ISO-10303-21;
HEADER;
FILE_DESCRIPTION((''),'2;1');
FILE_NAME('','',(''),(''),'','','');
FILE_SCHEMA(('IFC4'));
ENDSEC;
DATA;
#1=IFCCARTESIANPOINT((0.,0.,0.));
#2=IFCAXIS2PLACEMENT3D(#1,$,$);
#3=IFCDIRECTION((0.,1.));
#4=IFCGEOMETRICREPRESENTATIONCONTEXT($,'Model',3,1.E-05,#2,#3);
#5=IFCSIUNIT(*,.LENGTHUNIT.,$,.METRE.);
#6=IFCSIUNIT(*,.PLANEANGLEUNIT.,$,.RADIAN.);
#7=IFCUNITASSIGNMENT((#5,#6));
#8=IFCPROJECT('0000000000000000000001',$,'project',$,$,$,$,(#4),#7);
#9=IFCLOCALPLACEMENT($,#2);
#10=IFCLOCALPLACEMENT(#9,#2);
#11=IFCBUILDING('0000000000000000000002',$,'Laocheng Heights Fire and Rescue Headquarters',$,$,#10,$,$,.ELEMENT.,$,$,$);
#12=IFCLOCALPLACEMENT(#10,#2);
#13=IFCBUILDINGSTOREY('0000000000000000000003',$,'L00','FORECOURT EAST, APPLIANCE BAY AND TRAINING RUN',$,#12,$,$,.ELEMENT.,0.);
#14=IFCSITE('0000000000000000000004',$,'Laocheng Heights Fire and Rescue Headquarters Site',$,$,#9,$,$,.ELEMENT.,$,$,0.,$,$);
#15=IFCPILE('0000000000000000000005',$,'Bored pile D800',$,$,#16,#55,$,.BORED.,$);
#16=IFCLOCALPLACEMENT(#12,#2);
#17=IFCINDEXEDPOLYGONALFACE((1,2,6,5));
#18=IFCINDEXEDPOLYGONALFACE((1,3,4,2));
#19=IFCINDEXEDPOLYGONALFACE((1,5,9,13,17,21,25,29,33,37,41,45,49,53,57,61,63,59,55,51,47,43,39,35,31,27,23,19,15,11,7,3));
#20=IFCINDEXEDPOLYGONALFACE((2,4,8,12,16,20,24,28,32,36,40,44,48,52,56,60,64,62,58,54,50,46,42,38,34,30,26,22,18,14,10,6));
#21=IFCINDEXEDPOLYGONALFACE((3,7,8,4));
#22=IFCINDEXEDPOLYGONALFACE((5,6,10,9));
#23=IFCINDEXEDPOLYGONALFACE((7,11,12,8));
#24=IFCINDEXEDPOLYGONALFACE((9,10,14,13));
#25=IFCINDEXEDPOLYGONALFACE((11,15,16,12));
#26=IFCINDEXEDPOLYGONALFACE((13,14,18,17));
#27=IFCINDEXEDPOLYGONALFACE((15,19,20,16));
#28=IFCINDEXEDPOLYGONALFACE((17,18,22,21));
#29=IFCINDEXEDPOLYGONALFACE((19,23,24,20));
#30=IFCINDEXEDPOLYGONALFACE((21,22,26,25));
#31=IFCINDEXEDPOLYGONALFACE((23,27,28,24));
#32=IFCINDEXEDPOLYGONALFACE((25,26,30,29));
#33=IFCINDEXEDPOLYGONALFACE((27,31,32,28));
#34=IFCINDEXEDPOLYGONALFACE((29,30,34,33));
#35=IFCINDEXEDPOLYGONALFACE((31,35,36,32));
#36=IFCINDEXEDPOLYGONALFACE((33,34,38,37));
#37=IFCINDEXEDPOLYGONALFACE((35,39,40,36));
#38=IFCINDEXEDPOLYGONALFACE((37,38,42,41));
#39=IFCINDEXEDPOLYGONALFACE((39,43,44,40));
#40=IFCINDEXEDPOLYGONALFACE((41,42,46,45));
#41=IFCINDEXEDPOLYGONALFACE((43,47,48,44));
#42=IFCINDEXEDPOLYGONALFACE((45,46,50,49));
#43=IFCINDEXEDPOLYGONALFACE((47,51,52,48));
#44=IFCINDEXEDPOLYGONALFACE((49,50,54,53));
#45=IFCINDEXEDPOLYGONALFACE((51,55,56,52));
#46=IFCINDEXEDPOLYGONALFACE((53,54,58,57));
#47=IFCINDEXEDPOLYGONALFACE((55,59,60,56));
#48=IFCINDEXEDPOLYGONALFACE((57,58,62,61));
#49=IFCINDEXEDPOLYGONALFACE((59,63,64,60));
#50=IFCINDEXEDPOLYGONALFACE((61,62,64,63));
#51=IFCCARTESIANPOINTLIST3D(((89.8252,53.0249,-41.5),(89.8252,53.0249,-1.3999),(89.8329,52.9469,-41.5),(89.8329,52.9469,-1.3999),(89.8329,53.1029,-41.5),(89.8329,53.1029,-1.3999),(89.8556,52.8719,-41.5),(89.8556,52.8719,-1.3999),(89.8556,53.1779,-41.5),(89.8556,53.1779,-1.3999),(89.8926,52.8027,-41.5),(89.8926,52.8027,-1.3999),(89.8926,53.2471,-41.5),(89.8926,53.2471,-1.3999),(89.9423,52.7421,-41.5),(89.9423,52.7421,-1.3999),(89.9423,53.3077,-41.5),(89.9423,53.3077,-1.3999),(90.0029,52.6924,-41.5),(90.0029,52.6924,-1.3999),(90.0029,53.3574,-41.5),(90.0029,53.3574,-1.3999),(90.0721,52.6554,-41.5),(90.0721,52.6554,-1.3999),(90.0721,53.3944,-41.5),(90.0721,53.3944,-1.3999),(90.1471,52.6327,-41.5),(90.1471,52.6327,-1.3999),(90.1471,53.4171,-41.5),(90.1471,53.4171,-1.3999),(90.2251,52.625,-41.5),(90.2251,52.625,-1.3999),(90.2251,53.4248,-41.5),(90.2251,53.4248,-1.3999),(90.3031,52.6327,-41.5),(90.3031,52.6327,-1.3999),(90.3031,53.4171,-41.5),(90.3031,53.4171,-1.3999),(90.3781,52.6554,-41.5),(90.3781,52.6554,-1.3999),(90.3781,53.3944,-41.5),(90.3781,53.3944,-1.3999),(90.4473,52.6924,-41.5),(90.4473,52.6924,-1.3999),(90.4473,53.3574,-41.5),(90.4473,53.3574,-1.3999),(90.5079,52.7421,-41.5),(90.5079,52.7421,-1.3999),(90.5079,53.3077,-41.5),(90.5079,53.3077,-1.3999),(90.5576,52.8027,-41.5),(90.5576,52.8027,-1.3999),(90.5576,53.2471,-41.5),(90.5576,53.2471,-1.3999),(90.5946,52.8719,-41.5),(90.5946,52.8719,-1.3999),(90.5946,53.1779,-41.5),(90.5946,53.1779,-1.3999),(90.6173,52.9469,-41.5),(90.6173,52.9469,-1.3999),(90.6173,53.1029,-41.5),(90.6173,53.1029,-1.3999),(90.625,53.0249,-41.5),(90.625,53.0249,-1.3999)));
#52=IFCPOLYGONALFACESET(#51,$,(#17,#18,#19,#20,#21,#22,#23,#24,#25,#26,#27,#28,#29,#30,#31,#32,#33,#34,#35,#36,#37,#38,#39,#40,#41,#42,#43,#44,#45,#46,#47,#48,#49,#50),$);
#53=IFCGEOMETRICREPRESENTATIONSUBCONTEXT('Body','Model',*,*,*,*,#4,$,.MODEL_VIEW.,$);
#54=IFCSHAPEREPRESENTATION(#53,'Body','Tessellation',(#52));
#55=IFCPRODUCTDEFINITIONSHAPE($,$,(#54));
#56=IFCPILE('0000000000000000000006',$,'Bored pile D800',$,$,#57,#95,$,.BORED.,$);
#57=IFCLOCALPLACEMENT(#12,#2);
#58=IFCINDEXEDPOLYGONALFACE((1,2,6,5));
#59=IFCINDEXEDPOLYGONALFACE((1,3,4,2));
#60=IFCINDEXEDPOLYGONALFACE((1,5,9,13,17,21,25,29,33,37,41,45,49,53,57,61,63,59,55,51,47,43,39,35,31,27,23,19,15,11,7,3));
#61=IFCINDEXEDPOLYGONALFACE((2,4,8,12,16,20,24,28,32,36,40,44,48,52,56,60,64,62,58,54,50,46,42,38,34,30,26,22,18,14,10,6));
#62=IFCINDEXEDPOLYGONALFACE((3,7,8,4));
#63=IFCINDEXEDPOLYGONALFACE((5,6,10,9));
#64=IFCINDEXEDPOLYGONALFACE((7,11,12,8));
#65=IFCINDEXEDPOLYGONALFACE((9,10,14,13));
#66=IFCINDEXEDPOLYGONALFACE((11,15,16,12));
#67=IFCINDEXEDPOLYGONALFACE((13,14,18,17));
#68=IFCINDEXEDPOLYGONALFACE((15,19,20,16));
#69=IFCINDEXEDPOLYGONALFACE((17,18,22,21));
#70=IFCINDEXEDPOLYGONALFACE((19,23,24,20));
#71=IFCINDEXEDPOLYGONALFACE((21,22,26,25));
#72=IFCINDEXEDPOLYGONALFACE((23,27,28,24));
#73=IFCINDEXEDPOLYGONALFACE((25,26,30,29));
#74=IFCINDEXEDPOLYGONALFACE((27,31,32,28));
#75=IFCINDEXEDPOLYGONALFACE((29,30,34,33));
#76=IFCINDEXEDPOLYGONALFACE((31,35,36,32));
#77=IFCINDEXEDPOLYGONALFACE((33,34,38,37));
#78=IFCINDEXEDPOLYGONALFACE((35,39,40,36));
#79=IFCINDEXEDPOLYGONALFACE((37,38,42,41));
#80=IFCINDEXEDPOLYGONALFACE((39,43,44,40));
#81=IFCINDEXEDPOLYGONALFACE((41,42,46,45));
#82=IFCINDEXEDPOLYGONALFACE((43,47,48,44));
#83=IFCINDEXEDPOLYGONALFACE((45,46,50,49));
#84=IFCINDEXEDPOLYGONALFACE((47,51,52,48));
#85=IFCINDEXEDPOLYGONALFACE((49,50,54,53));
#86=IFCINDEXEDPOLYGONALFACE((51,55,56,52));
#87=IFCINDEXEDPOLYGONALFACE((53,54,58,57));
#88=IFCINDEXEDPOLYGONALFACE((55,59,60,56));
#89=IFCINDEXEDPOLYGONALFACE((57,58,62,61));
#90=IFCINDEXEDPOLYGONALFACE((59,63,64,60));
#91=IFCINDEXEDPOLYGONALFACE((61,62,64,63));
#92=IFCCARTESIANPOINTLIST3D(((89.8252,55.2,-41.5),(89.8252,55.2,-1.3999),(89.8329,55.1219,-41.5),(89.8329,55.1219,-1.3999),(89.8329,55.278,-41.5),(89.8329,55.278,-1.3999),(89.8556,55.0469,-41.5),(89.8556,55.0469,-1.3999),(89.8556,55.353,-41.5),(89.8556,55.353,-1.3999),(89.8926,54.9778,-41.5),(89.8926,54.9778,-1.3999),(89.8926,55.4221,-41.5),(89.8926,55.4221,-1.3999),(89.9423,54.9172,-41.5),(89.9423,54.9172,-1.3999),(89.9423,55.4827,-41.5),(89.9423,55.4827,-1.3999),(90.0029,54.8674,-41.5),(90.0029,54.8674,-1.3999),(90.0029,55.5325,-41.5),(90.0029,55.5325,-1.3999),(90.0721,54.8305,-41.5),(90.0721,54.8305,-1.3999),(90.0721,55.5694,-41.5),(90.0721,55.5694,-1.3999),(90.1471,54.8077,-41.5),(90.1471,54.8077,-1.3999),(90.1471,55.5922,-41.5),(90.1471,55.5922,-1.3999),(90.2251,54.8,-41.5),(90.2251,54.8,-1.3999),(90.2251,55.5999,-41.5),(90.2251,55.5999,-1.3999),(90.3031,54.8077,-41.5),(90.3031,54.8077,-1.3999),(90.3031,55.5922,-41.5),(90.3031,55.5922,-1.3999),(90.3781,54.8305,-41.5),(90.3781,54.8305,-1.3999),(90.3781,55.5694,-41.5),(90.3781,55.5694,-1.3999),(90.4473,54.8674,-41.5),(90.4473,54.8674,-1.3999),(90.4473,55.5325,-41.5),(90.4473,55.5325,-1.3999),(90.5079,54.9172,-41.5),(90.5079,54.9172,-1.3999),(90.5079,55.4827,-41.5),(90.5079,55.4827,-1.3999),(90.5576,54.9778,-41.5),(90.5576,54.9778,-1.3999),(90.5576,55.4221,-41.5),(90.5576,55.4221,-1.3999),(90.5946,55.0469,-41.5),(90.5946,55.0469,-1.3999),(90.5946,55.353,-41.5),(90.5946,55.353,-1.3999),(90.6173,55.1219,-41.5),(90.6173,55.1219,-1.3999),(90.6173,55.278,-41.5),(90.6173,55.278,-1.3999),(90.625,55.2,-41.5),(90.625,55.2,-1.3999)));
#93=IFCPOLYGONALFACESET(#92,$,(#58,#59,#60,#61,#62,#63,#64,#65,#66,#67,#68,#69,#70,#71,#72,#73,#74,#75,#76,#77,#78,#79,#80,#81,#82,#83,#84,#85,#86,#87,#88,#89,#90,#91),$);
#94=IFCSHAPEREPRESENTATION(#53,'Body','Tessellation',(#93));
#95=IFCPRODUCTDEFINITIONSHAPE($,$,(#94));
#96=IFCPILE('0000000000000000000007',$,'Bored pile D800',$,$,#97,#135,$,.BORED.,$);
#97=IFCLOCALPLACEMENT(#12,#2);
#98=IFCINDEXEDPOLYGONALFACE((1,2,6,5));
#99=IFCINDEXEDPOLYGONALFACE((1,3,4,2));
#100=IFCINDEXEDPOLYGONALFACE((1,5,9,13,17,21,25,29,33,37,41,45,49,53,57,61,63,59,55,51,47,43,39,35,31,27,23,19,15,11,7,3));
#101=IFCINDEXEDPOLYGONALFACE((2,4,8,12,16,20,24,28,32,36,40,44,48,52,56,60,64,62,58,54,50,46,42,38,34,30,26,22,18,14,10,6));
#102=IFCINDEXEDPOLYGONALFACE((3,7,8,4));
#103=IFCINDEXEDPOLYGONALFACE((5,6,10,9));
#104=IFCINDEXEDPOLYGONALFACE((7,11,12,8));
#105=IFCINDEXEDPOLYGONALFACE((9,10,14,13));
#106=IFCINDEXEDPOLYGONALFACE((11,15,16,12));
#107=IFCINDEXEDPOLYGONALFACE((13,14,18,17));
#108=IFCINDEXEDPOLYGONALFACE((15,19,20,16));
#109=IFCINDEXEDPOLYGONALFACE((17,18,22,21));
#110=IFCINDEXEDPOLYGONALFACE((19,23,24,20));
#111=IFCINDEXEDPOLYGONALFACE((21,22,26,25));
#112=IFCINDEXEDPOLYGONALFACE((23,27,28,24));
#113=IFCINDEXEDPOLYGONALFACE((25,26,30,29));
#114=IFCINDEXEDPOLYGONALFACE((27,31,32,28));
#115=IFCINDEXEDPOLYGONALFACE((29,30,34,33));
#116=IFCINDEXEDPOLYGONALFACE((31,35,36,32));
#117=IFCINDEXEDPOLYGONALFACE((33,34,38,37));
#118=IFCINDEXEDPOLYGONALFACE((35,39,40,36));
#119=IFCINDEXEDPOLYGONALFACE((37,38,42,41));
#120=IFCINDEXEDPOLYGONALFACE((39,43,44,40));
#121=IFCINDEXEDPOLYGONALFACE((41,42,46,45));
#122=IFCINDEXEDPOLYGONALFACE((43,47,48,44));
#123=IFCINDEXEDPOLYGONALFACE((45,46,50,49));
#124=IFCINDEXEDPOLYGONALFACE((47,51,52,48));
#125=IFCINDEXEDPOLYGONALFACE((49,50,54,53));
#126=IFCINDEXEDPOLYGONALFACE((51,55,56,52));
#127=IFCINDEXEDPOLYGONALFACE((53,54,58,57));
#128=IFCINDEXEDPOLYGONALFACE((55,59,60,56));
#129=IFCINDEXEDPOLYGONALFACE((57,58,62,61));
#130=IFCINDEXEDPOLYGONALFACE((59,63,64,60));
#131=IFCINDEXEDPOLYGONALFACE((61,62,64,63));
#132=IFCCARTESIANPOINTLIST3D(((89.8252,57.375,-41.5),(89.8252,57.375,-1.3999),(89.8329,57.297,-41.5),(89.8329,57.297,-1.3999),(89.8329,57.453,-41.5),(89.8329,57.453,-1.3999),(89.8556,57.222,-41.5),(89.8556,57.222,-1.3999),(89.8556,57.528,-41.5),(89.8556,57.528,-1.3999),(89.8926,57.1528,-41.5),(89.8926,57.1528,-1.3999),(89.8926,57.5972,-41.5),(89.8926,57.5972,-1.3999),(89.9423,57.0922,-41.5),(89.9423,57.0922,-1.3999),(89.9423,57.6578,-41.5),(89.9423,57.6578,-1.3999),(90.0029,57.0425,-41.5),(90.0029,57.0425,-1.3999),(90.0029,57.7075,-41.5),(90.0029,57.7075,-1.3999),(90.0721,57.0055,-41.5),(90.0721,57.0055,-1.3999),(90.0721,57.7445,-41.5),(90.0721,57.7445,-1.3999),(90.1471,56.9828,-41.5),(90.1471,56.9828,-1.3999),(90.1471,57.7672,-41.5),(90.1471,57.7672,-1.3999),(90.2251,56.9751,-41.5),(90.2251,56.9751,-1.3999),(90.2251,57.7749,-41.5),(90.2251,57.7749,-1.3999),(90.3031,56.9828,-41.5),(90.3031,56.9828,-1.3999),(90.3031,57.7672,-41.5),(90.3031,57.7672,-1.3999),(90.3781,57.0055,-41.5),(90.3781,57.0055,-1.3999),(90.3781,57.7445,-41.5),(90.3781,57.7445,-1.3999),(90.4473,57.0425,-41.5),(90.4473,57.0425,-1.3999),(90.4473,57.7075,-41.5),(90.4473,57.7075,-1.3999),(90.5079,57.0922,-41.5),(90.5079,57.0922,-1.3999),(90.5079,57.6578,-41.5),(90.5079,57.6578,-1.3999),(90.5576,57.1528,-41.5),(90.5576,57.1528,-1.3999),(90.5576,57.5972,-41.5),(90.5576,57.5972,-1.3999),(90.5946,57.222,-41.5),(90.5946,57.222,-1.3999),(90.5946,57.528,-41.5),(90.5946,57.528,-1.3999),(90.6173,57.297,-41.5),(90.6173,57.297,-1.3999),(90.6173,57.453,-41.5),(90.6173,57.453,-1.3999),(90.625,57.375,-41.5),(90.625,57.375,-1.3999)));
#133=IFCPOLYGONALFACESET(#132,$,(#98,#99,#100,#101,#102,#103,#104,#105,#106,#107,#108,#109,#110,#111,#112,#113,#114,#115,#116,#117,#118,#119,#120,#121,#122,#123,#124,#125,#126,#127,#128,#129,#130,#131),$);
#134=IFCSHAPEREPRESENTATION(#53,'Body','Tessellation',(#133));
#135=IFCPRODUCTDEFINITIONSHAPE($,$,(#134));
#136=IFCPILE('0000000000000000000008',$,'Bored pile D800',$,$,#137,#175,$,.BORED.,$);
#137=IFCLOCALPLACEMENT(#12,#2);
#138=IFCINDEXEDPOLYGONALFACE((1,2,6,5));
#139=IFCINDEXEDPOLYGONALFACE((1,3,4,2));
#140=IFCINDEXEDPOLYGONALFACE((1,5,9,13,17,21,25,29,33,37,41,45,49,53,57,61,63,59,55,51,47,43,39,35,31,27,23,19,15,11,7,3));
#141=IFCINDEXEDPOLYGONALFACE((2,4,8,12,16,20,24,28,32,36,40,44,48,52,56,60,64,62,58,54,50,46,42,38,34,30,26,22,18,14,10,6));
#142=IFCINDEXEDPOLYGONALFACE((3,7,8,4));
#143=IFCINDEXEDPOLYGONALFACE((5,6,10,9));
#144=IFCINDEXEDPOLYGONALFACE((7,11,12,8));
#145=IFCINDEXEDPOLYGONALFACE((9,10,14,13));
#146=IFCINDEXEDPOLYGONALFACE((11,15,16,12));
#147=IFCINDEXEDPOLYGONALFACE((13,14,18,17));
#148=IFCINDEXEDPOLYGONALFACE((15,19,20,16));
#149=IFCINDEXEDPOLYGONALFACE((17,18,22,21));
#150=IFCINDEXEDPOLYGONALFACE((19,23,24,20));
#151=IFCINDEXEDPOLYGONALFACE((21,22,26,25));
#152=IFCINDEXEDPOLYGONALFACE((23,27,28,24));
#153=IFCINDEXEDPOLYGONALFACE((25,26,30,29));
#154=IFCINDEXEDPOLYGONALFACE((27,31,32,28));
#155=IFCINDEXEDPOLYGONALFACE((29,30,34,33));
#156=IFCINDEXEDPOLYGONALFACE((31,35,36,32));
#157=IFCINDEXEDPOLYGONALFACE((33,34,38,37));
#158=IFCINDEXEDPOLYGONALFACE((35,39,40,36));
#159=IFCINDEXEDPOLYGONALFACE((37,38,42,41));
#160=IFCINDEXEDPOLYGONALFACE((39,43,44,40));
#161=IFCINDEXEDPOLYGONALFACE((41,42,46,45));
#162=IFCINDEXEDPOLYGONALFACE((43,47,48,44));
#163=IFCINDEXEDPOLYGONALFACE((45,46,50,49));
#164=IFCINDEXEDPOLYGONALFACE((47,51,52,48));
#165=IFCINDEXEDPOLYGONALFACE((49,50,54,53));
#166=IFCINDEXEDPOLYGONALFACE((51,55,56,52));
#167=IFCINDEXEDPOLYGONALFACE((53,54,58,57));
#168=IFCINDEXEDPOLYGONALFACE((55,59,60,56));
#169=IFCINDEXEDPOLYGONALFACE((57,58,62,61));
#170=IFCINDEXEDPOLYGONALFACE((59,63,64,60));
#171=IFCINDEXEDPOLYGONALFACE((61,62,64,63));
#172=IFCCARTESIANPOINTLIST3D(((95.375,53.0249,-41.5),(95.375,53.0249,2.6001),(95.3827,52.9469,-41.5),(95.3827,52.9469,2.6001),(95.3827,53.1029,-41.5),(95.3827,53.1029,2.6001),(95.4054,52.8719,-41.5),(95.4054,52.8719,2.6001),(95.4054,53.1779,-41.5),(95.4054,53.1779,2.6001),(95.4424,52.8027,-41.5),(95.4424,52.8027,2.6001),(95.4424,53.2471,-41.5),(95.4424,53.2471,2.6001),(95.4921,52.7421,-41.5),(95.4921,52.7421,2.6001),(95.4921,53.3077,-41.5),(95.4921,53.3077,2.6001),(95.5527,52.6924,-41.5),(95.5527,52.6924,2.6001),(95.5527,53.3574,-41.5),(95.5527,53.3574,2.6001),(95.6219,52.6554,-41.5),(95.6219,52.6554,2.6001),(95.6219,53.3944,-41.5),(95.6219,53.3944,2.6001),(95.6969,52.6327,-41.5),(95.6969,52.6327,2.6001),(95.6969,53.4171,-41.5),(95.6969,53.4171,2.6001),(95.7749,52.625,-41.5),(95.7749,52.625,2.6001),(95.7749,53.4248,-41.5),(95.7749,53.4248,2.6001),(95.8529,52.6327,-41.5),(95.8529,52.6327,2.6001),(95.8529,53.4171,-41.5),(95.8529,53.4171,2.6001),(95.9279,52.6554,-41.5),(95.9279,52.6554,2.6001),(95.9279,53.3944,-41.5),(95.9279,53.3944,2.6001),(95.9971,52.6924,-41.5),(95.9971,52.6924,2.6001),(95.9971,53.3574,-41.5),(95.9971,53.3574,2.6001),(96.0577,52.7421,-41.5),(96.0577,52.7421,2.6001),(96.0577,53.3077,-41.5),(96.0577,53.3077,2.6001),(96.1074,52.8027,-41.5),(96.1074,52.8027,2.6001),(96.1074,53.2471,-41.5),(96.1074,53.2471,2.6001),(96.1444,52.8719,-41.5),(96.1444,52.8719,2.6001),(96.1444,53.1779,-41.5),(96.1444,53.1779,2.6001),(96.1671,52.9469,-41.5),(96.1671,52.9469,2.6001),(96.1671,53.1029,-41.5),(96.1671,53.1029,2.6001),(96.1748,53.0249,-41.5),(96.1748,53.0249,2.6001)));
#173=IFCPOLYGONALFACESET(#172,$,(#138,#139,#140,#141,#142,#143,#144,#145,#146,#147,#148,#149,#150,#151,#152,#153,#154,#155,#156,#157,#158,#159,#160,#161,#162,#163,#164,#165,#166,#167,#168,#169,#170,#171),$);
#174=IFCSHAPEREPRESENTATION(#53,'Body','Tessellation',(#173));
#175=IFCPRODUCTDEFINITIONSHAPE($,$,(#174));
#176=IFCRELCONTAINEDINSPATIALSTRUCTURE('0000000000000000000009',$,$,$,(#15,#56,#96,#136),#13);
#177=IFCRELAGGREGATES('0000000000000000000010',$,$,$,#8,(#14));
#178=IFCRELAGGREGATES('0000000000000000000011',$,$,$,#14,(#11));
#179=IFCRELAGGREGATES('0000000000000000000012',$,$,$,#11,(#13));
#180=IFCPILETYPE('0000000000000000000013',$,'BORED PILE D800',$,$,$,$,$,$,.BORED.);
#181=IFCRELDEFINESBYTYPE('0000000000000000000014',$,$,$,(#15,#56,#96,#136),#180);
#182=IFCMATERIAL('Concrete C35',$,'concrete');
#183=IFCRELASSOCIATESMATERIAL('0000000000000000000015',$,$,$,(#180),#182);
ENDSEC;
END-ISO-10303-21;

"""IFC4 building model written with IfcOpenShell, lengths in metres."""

from ifc_helpers import new_model, si_unit, direction, frame, origin, origin_2d, place, context, subcontext, project, spatial, circle, extrude, material, material_profile, profile_set, type_object, element, save


model = new_model("IFC4")

# Units and contexts
model_context = context("Model", 3, precision=1e-05, world=origin(), true_north=direction((0.0, 1.0)))
body_context = subcontext(model_context, "Body", "Model", "MODEL_VIEW")
ifc_project = project(units=[si_unit("LENGTHUNIT", "METRE"), si_unit("PLANEANGLEUNIT", "RADIAN")], contexts=[model_context])

# Site, building, storey
site_placement = place(None, origin())
site = spatial("IfcSite", under=ifc_project, at=site_placement, Name="Laocheng Heights Fire and Rescue Headquarters Site", CompositionType="ELEMENT", RefElevation=0.0)
building_placement = place(site_placement, origin())
building = spatial("IfcBuilding", under=site, at=building_placement, Name="Laocheng Heights Fire and Rescue Headquarters", CompositionType="ELEMENT")
storey_placement = place(building_placement, origin())
storey = spatial("IfcBuildingStorey", under=building, at=storey_placement, Name="L00", Description="FORECOURT EAST, APPLIANCE BAY AND TRAINING RUN", CompositionType="ELEMENT", Elevation=0.0)

# Piles
ifc_material_1 = material(Name="Concrete C35", Category="concrete")
ifc_material_profile_1 = material_profile(ifc_material_1, circle(Radius=0.3999, at=origin_2d()), Name="BORED PILE D800")
ifc_profile_set_1 = profile_set([ifc_material_profile_1], Name="Concrete C35")
pile_type_1 = type_object("IfcPileType", Name="BORED PILE D800", PredefinedType="BORED", material=ifc_profile_set_1)
for number, where, z_axis, x_axis, name in (
    (1, (90.2251, 53.0249, -1.3999), (0.0, 0.0, -1.0), (1.0, 0.0, 0.0), "Bored pile D800"),
    (2, (90.2251, 55.2, -1.3999), (0.0, 0.0, -1.0), (1.0, 0.0, 0.0), "Bored pile D800"),
    (3, (90.2251, 57.375, -1.3999), (0.0, 0.0, -1.0), (1.0, 0.0, 0.0), "Bored pile D800"),
):
    element("IfcPile", number, at=place(storey_placement, frame(where, z_axis=z_axis, x_axis=x_axis)), inside=storey, type_object=pile_type_1, Name=name, PredefinedType="BORED", context=body_context, shape_type="SweptSolid", body=[
        extrude(circle(Radius=0.3999, at=origin_2d()), origin(), (0.0, 0.0, 1.0), 40.1001),
    ])
for number, where, z_axis, x_axis, name in (
    (4, (95.7749, 53.0249, 2.6001), (0.0, 0.0, -1.0), (1.0, 0.0, 0.0), "Bored pile D800"),
):
    element("IfcPile", number, at=place(storey_placement, frame(where, z_axis=z_axis, x_axis=x_axis)), inside=storey, type_object=pile_type_1, Name=name, PredefinedType="BORED", context=body_context, shape_type="SweptSolid", body=[
        extrude(circle(Radius=0.3999, at=origin_2d()), origin(), (0.0, 0.0, 1.0), 44.1001),
    ])

save(model, "model.ifc")
